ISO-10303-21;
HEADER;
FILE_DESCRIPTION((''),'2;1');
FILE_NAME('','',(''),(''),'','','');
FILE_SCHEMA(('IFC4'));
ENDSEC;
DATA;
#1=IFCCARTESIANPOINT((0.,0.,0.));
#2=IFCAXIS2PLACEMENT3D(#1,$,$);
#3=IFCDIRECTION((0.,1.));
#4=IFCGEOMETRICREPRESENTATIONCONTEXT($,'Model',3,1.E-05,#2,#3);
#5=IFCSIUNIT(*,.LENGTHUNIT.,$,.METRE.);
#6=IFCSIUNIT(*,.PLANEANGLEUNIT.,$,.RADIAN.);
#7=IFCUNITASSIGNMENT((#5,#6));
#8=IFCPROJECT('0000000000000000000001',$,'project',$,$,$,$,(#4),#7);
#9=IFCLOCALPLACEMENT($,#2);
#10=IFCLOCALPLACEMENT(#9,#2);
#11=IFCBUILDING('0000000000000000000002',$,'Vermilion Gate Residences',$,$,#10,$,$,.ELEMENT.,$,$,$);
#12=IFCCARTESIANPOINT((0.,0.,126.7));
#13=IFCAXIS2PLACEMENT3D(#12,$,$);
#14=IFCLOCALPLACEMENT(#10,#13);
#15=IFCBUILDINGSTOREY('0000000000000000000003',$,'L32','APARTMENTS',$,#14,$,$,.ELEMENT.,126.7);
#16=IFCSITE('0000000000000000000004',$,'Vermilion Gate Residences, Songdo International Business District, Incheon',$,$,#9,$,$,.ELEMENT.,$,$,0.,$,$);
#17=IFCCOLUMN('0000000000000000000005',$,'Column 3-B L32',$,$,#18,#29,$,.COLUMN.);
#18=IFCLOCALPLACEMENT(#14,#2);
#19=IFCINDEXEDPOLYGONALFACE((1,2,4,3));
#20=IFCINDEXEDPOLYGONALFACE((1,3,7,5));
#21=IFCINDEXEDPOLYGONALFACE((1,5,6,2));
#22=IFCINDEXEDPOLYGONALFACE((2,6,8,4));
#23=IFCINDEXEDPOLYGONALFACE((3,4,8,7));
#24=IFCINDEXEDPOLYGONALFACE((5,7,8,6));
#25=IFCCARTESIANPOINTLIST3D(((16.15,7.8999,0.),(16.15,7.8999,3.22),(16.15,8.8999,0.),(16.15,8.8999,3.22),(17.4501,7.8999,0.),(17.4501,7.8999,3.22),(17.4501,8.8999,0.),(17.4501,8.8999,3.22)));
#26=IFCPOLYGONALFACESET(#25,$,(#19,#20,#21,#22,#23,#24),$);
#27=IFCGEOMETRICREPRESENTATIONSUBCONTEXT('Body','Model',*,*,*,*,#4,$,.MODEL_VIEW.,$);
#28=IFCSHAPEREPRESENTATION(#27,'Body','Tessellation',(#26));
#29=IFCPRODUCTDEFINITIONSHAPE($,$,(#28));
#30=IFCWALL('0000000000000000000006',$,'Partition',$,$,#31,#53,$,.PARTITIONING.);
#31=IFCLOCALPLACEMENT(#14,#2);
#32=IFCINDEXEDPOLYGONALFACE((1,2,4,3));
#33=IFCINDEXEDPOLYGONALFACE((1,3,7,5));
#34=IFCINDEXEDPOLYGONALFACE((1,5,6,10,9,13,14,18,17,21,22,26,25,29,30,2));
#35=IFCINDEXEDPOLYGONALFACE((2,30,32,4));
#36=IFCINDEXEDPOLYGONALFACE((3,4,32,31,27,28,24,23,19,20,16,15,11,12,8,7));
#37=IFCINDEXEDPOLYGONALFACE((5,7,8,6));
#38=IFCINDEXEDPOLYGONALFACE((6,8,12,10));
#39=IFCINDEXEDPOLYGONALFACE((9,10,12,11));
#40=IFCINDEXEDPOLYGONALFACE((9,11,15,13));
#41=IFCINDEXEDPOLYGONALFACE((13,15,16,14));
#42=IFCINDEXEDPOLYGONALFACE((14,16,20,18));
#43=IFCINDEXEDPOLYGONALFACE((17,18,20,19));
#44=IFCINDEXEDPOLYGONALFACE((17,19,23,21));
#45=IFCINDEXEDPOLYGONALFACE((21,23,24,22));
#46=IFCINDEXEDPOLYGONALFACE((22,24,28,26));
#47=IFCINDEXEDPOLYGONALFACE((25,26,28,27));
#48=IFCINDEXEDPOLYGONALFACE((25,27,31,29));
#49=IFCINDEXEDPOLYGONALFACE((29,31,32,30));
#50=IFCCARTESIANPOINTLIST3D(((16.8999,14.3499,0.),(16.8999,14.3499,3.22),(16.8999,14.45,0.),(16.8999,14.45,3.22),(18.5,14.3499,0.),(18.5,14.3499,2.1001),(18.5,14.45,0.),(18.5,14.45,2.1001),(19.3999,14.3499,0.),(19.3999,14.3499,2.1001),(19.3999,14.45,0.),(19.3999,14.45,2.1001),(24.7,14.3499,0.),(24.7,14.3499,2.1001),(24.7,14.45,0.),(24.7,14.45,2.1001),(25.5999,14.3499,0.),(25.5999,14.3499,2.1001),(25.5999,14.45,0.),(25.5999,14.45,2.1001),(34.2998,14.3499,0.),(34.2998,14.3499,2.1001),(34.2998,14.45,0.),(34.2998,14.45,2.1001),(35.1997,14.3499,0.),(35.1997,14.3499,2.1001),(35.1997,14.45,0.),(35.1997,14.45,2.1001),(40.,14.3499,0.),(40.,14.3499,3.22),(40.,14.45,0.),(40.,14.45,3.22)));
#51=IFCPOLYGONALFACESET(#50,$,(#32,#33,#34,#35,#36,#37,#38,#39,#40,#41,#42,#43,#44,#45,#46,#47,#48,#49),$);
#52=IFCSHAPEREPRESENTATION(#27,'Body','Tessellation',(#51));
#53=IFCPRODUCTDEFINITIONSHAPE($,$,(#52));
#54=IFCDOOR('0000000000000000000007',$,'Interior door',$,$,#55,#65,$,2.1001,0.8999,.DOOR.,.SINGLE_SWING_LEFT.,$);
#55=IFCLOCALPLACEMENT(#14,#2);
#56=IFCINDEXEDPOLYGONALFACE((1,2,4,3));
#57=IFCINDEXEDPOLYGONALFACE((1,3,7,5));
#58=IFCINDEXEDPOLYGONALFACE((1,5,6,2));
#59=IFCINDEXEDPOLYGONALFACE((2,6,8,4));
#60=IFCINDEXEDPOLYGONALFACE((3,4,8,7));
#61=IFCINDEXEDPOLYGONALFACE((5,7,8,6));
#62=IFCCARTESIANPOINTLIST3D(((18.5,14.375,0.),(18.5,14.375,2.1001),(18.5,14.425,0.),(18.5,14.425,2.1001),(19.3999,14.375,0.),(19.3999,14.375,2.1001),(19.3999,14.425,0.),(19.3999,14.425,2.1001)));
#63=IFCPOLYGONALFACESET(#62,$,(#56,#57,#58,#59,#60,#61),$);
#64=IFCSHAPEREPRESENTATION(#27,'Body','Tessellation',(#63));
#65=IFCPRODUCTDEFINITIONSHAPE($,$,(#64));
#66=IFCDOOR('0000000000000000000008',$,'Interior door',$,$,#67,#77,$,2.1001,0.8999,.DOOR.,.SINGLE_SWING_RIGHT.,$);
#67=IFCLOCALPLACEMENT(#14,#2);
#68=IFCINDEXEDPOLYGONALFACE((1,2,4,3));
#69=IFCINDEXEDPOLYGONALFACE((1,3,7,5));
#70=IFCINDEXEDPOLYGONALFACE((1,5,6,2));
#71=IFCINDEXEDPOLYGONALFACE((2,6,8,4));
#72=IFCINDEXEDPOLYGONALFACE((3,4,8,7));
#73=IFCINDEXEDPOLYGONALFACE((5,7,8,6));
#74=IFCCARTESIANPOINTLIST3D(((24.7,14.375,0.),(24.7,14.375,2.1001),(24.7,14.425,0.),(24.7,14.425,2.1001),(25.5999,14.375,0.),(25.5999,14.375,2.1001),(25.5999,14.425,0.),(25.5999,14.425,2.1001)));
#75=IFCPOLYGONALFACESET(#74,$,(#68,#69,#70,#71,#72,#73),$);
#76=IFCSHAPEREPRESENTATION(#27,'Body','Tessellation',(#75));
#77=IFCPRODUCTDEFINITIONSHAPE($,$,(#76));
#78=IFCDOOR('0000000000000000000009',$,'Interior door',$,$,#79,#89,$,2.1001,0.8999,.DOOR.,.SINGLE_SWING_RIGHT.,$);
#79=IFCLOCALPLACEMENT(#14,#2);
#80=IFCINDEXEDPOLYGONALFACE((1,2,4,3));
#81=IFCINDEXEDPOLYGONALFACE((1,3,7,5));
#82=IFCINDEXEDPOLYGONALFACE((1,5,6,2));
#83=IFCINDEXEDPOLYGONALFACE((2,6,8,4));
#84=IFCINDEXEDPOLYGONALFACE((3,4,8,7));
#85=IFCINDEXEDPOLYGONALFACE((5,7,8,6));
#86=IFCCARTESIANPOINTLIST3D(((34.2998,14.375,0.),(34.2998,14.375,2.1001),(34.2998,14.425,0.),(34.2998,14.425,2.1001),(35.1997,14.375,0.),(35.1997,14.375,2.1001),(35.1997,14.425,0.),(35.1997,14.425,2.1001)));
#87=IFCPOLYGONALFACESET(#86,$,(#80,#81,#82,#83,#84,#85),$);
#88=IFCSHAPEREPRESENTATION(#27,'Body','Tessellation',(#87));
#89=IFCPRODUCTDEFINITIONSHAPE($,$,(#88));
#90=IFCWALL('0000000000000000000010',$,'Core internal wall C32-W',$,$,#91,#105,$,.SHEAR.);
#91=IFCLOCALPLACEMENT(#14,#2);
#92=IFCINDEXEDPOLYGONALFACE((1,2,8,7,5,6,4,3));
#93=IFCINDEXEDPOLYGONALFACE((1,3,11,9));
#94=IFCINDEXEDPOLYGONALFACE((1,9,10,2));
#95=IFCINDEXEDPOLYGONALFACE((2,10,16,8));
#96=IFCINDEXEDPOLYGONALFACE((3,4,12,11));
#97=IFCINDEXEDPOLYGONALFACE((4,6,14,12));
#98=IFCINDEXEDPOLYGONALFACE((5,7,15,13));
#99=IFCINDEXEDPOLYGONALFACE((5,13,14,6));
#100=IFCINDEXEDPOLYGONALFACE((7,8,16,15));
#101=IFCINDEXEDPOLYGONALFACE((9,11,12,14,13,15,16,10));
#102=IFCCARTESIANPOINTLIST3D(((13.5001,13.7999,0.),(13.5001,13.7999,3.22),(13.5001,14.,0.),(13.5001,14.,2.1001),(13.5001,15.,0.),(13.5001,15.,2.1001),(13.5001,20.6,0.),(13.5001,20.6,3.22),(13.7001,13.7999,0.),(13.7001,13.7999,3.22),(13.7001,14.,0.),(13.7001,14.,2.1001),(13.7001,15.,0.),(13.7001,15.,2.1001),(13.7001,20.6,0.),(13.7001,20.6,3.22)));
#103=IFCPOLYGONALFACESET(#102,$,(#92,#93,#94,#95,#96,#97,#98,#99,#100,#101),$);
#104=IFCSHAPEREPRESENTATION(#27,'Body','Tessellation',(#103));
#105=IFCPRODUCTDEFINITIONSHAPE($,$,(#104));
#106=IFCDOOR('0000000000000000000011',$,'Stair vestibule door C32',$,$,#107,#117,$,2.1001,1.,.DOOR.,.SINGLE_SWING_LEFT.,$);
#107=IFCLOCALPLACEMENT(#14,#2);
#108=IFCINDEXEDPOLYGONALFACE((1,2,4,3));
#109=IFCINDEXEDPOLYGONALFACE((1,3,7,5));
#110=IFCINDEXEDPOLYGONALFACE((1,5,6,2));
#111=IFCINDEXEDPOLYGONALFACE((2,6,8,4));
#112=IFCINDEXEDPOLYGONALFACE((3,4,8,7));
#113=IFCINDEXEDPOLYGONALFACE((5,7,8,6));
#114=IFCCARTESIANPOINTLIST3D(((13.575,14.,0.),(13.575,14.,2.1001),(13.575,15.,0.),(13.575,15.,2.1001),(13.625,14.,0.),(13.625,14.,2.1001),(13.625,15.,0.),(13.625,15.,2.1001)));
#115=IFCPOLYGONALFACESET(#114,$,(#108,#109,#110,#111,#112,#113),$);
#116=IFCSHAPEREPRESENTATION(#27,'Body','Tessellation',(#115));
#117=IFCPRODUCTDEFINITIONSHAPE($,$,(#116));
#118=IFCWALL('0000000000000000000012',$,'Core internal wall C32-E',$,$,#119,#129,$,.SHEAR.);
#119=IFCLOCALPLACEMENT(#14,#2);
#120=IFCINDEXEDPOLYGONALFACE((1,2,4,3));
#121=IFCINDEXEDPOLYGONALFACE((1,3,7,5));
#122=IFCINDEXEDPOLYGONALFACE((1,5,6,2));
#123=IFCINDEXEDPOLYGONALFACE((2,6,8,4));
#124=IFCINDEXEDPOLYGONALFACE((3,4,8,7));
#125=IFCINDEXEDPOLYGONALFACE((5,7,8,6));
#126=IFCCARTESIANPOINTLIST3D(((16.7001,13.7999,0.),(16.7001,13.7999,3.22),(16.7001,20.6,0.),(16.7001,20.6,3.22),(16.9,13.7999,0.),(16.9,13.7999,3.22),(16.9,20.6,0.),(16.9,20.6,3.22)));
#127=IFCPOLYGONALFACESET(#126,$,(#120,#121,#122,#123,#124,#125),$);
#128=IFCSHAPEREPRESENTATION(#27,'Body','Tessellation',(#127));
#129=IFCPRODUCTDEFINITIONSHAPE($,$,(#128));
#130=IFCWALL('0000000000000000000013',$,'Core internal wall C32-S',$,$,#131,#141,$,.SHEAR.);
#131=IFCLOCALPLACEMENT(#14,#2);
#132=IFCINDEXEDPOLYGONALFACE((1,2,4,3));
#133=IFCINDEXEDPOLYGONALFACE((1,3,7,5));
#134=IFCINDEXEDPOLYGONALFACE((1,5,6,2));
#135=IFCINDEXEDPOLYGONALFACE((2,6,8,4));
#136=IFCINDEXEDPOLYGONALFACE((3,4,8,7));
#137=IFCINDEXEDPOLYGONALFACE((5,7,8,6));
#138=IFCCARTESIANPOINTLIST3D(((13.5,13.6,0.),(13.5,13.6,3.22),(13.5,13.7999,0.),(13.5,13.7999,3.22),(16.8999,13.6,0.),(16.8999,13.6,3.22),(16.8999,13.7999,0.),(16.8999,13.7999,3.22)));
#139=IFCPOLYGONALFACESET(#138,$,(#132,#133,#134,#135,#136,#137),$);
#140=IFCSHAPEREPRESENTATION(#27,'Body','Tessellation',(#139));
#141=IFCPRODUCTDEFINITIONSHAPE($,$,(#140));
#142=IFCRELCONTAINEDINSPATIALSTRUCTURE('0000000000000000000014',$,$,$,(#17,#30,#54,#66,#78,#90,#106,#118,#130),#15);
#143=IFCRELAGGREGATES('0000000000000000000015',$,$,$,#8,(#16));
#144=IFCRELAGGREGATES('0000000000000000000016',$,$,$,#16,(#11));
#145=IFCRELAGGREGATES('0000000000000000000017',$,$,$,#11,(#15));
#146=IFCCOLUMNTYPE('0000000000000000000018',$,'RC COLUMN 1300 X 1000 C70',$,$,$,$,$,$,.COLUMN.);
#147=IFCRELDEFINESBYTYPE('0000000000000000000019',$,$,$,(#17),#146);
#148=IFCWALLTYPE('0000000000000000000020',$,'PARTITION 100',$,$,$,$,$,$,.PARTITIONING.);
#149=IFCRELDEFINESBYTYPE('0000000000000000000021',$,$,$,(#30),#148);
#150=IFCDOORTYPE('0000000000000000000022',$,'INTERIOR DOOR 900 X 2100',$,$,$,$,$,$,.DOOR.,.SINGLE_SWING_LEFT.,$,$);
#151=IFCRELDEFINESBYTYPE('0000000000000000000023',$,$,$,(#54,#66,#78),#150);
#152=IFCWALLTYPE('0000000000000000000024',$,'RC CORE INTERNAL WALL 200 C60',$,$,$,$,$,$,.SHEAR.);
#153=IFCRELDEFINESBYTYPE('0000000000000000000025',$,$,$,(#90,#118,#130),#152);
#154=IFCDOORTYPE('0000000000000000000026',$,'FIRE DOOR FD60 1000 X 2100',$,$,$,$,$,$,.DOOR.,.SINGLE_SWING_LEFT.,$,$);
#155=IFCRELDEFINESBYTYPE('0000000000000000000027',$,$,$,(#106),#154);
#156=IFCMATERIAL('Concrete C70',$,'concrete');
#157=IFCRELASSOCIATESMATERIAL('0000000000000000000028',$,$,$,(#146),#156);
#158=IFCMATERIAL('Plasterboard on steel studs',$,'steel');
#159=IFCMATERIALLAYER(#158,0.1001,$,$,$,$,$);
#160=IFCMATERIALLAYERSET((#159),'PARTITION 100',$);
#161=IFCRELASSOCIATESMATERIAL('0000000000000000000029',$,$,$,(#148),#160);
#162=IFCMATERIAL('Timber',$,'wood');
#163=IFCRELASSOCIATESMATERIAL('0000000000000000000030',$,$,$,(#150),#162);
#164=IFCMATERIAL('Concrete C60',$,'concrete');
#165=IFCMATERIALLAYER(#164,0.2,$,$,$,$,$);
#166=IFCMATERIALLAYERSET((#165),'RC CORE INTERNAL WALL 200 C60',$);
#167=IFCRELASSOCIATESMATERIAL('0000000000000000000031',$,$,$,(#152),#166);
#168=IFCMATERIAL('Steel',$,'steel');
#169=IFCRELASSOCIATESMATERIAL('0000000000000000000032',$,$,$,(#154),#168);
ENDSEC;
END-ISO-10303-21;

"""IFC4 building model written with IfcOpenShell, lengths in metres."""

from ifc_helpers import new_model, si_unit, direction, frame, frame_2d, origin, origin_2d, place, context, subcontext, project, spatial, rectangle, extrude, material, layer, layer_set, material_profile, profile_set, type_object, element, fill, save


model = new_model("IFC4")

# Units and contexts
model_context = context("Model", 3, precision=1e-05, world=origin(), true_north=direction((0.0, 1.0)))
body_context = subcontext(model_context, "Body", "Model", "MODEL_VIEW")
ifc_project = project(units=[si_unit("LENGTHUNIT", "METRE"), si_unit("PLANEANGLEUNIT", "RADIAN")], contexts=[model_context])

# Site, building, storey
site_placement = place(None, origin())
site = spatial("IfcSite", under=ifc_project, at=site_placement, Name="Vermilion Gate Residences, Songdo International Business District, Incheon", CompositionType="ELEMENT", RefElevation=0.0)
building_placement = place(site_placement, origin())
building = spatial("IfcBuilding", under=site, at=building_placement, Name="Vermilion Gate Residences", CompositionType="ELEMENT")
storey_placement = place(building_placement, frame((0.0, 0.0, 126.7)))
storey = spatial("IfcBuildingStorey", under=building, at=storey_placement, Name="L32", Description="APARTMENTS", CompositionType="ELEMENT", Elevation=126.7)

# Column
ifc_material_1 = material(Name="Concrete C70", Category="concrete")
ifc_material_profile_1 = material_profile(ifc_material_1, rectangle(XDim=1.3, YDim=1.0, at=origin_2d()), Name="RC-1300x1000")
ifc_profile_set_1 = profile_set([ifc_material_profile_1], Name="Concrete C70")
column_type = type_object("IfcColumnType", Name="RC COLUMN 1300 X 1000 C70", PredefinedType="COLUMN", material=ifc_profile_set_1)
column_placement = place(storey_placement, frame((16.8, 8.3999, 0.0), z_axis=(0.0, 0.0, 1.0), x_axis=(1.0, 0.0, 0.0)))
element("IfcColumn", 1, at=column_placement, inside=storey, type_object=column_type, Name="Column 3-B L32", PredefinedType="COLUMN", context=body_context, shape_type="SweptSolid", body=[
    extrude(rectangle(XDim=1.3, YDim=1.0, at=origin_2d()), origin(), (0.0, 0.0, 1.0), 3.22),
])

# Wall, openings, doors
ifc_material_2 = material(Name="Plasterboard on steel studs", Category="steel")
ifc_layer_1 = layer(ifc_material_2, 0.1001)
ifc_layer_set_1 = layer_set([ifc_layer_1], Name="PARTITION 100")
wall_type_1 = type_object("IfcWallType", Name="PARTITION 100", PredefinedType="PARTITIONING", material=ifc_layer_set_1)
wall_1_placement = place(storey_placement, frame((16.8999, 14.3999, 0.0), z_axis=(0.0, 0.0, 1.0), x_axis=(1.0, 0.0, 0.0)))
wall_1 = element("IfcWall", 2, at=wall_1_placement, inside=storey, type_object=wall_type_1, Name="Partition", PredefinedType="PARTITIONING", context=body_context, shape_type="SweptSolid", body=[
    extrude(rectangle(XDim=23.1001, YDim=0.1001, at=frame_2d((11.55, 0.0))), origin(), (0.0, 0.0, 1.0), 3.22),
])
opening_1_placement = place(wall_1_placement, frame((1.6001, 0.0, 0.0)))
opening_1 = element("IfcOpeningElement", 3, at=opening_1_placement, cuts=wall_1, PredefinedType="OPENING", context=body_context, shape_type="SweptSolid", body=[
    extrude(rectangle(XDim=0.8999, YDim=2.1001, at=frame_2d((0.45, 1.05))), frame((0.0, 0.0601, 0.0), z_axis=(0.0, -1.0, 0.0), x_axis=(1.0, 0.0, 0.0)), (0.0, 0.0, 1.0), 0.1201),
])
opening_2_placement = place(wall_1_placement, frame((7.8, 0.0, 0.0)))
opening_2 = element("IfcOpeningElement", 4, at=opening_2_placement, cuts=wall_1, PredefinedType="OPENING", context=body_context, shape_type="SweptSolid", body=[
    extrude(rectangle(XDim=0.8999, YDim=2.1001, at=frame_2d((0.45, 1.05))), frame((0.0, 0.0601, 0.0), z_axis=(0.0, -1.0, 0.0), x_axis=(1.0, 0.0, 0.0)), (0.0, 0.0, 1.0), 0.1201),
])
opening_3_placement = place(wall_1_placement, frame((17.3999, 0.0, 0.0)))
opening_3 = element("IfcOpeningElement", 5, at=opening_3_placement, cuts=wall_1, PredefinedType="OPENING", context=body_context, shape_type="SweptSolid", body=[
    extrude(rectangle(XDim=0.8999, YDim=2.1001, at=frame_2d((0.45, 1.05))), frame((0.0, 0.0601, 0.0), z_axis=(0.0, -1.0, 0.0), x_axis=(1.0, 0.0, 0.0)), (0.0, 0.0, 1.0), 0.1201),
])
ifc_material_3 = material(Name="Timber", Category="wood")
door_type_1 = type_object("IfcDoorType", Name="INTERIOR DOOR 900 X 2100", OperationType="SINGLE_SWING_LEFT", PredefinedType="DOOR", material=ifc_material_3)
door_1_placement = place(opening_1_placement, frame((0.8999, 0.0, 0.0), z_axis=(0.0, 0.0, 1.0), x_axis=(-1.0, 0.0, 0.0)))
door_1 = element("IfcDoor", 6, at=door_1_placement, inside=storey, type_object=door_type_1, Name="Interior door", OperationType="SINGLE_SWING_LEFT", OverallHeight=2.1001, OverallWidth=0.8999, PredefinedType="DOOR", context=body_context, shape_type="SweptSolid", body=[
    extrude(rectangle(XDim=0.8999, YDim=2.1001, at=frame_2d((0.45, 1.05))), frame((0.0, 0.0249, 0.0), z_axis=(0.0, -1.0, 0.0), x_axis=(1.0, 0.0, 0.0)), (0.0, 0.0, 1.0), 0.05),
])
fill(opening_1, door_1)
door_2_placement = place(opening_2_placement, frame((0.8999, 0.0, 0.0), z_axis=(0.0, 0.0, 1.0), x_axis=(-1.0, 0.0, 0.0)))
door_2 = element("IfcDoor", 7, at=door_2_placement, inside=storey, type_object=door_type_1, Name="Interior door", OperationType="SINGLE_SWING_RIGHT", OverallHeight=2.1001, OverallWidth=0.8999, PredefinedType="DOOR", context=body_context, shape_type="SweptSolid", body=[
    extrude(rectangle(XDim=0.8999, YDim=2.1001, at=frame_2d((0.45, 1.05))), frame((0.0, 0.0249, 0.0), z_axis=(0.0, -1.0, 0.0), x_axis=(1.0, 0.0, 0.0)), (0.0, 0.0, 1.0), 0.05),
])
fill(opening_2, door_2)
door_3_placement = place(opening_3_placement, frame((0.8999, 0.0, 0.0), z_axis=(0.0, 0.0, 1.0), x_axis=(-1.0, 0.0, 0.0)))
door_3 = element("IfcDoor", 8, at=door_3_placement, inside=storey, type_object=door_type_1, Name="Interior door", OperationType="SINGLE_SWING_RIGHT", OverallHeight=2.1001, OverallWidth=0.8999, PredefinedType="DOOR", context=body_context, shape_type="SweptSolid", body=[
    extrude(rectangle(XDim=0.8999, YDim=2.1001, at=frame_2d((0.45, 1.05))), frame((0.0, 0.0249, 0.0), z_axis=(0.0, -1.0, 0.0), x_axis=(1.0, 0.0, 0.0)), (0.0, 0.0, 1.0), 0.05),
])
fill(opening_3, door_3)

# Wall, opening, door
ifc_material_4 = material(Name="Concrete C60", Category="concrete")
ifc_layer_2 = layer(ifc_material_4, 0.2)
ifc_layer_set_2 = layer_set([ifc_layer_2], Name="RC CORE INTERNAL WALL 200 C60")
wall_type_2 = type_object("IfcWallType", Name="RC CORE INTERNAL WALL 200 C60", PredefinedType="SHEAR", material=ifc_layer_set_2)
wall_2_placement = place(storey_placement, frame((13.6001, 13.8, 0.0), z_axis=(0.0, 0.0, 1.0), x_axis=(0.0, 1.0, 0.0)))
wall_2 = element("IfcWall", 9, at=wall_2_placement, inside=storey, type_object=wall_type_2, Name="Core internal wall C32-W", PredefinedType="SHEAR", context=body_context, shape_type="SweptSolid", body=[
    extrude(rectangle(XDim=6.8, YDim=0.2, at=frame_2d((3.3999, 0.0))), origin(), (0.0, 0.0, 1.0), 3.22),
])
opening_4_placement = place(wall_2_placement, frame((0.2, 0.0, 0.0)))
opening_4 = element("IfcOpeningElement", 10, at=opening_4_placement, cuts=wall_2, PredefinedType="OPENING", context=body_context, shape_type="SweptSolid", body=[
    extrude(rectangle(XDim=1.0, YDim=2.1001, at=frame_2d((0.5, 1.05))), frame((0.0, 0.1099, 0.0), z_axis=(0.0, -1.0, 0.0), x_axis=(1.0, 0.0, 0.0)), (0.0, 0.0, 1.0), 0.22),
])
ifc_material_5 = material(Name="Steel", Category="steel")
door_type_2 = type_object("IfcDoorType", Name="FIRE DOOR FD60 1000 X 2100", OperationType="SINGLE_SWING_LEFT", PredefinedType="DOOR", material=ifc_material_5)
door_4_placement = place(opening_4_placement, frame((1.0, 0.0, 0.0), z_axis=(0.0, 0.0, 1.0), x_axis=(-1.0, 0.0, 0.0)))
door_4 = element("IfcDoor", 11, at=door_4_placement, inside=storey, type_object=door_type_2, Name="Stair vestibule door C32", OperationType="SINGLE_SWING_LEFT", OverallHeight=2.1001, OverallWidth=1.0, PredefinedType="DOOR", context=body_context, shape_type="SweptSolid", body=[
    extrude(rectangle(XDim=1.0, YDim=2.1001, at=frame_2d((0.5, 1.05))), frame((0.0, 0.0249, 0.0), z_axis=(0.0, -1.0, 0.0), x_axis=(1.0, 0.0, 0.0)), (0.0, 0.0, 1.0), 0.05),
])
fill(opening_4, door_4)

# Walls
wall_3_placement = place(storey_placement, frame((16.8, 13.8, 0.0), z_axis=(0.0, 0.0, 1.0), x_axis=(0.0, 1.0, 0.0)))
element("IfcWall", 12, at=wall_3_placement, inside=storey, type_object=wall_type_2, Name="Core internal wall C32-E", PredefinedType="SHEAR", context=body_context, shape_type="SweptSolid", body=[
    extrude(rectangle(XDim=6.8, YDim=0.2, at=frame_2d((3.3999, 0.0))), origin(), (0.0, 0.0, 1.0), 3.22),
])
wall_4_placement = place(storey_placement, frame((13.5, 13.7, 0.0), z_axis=(0.0, 0.0, 1.0), x_axis=(1.0, 0.0, 0.0)))
element("IfcWall", 13, at=wall_4_placement, inside=storey, type_object=wall_type_2, Name="Core internal wall C32-S", PredefinedType="SHEAR", context=body_context, shape_type="SweptSolid", body=[
    extrude(rectangle(XDim=3.3999, YDim=0.2, at=frame_2d((1.7, 0.0))), origin(), (0.0, 0.0, 1.0), 3.22),
])

save(model, "model.ifc")
